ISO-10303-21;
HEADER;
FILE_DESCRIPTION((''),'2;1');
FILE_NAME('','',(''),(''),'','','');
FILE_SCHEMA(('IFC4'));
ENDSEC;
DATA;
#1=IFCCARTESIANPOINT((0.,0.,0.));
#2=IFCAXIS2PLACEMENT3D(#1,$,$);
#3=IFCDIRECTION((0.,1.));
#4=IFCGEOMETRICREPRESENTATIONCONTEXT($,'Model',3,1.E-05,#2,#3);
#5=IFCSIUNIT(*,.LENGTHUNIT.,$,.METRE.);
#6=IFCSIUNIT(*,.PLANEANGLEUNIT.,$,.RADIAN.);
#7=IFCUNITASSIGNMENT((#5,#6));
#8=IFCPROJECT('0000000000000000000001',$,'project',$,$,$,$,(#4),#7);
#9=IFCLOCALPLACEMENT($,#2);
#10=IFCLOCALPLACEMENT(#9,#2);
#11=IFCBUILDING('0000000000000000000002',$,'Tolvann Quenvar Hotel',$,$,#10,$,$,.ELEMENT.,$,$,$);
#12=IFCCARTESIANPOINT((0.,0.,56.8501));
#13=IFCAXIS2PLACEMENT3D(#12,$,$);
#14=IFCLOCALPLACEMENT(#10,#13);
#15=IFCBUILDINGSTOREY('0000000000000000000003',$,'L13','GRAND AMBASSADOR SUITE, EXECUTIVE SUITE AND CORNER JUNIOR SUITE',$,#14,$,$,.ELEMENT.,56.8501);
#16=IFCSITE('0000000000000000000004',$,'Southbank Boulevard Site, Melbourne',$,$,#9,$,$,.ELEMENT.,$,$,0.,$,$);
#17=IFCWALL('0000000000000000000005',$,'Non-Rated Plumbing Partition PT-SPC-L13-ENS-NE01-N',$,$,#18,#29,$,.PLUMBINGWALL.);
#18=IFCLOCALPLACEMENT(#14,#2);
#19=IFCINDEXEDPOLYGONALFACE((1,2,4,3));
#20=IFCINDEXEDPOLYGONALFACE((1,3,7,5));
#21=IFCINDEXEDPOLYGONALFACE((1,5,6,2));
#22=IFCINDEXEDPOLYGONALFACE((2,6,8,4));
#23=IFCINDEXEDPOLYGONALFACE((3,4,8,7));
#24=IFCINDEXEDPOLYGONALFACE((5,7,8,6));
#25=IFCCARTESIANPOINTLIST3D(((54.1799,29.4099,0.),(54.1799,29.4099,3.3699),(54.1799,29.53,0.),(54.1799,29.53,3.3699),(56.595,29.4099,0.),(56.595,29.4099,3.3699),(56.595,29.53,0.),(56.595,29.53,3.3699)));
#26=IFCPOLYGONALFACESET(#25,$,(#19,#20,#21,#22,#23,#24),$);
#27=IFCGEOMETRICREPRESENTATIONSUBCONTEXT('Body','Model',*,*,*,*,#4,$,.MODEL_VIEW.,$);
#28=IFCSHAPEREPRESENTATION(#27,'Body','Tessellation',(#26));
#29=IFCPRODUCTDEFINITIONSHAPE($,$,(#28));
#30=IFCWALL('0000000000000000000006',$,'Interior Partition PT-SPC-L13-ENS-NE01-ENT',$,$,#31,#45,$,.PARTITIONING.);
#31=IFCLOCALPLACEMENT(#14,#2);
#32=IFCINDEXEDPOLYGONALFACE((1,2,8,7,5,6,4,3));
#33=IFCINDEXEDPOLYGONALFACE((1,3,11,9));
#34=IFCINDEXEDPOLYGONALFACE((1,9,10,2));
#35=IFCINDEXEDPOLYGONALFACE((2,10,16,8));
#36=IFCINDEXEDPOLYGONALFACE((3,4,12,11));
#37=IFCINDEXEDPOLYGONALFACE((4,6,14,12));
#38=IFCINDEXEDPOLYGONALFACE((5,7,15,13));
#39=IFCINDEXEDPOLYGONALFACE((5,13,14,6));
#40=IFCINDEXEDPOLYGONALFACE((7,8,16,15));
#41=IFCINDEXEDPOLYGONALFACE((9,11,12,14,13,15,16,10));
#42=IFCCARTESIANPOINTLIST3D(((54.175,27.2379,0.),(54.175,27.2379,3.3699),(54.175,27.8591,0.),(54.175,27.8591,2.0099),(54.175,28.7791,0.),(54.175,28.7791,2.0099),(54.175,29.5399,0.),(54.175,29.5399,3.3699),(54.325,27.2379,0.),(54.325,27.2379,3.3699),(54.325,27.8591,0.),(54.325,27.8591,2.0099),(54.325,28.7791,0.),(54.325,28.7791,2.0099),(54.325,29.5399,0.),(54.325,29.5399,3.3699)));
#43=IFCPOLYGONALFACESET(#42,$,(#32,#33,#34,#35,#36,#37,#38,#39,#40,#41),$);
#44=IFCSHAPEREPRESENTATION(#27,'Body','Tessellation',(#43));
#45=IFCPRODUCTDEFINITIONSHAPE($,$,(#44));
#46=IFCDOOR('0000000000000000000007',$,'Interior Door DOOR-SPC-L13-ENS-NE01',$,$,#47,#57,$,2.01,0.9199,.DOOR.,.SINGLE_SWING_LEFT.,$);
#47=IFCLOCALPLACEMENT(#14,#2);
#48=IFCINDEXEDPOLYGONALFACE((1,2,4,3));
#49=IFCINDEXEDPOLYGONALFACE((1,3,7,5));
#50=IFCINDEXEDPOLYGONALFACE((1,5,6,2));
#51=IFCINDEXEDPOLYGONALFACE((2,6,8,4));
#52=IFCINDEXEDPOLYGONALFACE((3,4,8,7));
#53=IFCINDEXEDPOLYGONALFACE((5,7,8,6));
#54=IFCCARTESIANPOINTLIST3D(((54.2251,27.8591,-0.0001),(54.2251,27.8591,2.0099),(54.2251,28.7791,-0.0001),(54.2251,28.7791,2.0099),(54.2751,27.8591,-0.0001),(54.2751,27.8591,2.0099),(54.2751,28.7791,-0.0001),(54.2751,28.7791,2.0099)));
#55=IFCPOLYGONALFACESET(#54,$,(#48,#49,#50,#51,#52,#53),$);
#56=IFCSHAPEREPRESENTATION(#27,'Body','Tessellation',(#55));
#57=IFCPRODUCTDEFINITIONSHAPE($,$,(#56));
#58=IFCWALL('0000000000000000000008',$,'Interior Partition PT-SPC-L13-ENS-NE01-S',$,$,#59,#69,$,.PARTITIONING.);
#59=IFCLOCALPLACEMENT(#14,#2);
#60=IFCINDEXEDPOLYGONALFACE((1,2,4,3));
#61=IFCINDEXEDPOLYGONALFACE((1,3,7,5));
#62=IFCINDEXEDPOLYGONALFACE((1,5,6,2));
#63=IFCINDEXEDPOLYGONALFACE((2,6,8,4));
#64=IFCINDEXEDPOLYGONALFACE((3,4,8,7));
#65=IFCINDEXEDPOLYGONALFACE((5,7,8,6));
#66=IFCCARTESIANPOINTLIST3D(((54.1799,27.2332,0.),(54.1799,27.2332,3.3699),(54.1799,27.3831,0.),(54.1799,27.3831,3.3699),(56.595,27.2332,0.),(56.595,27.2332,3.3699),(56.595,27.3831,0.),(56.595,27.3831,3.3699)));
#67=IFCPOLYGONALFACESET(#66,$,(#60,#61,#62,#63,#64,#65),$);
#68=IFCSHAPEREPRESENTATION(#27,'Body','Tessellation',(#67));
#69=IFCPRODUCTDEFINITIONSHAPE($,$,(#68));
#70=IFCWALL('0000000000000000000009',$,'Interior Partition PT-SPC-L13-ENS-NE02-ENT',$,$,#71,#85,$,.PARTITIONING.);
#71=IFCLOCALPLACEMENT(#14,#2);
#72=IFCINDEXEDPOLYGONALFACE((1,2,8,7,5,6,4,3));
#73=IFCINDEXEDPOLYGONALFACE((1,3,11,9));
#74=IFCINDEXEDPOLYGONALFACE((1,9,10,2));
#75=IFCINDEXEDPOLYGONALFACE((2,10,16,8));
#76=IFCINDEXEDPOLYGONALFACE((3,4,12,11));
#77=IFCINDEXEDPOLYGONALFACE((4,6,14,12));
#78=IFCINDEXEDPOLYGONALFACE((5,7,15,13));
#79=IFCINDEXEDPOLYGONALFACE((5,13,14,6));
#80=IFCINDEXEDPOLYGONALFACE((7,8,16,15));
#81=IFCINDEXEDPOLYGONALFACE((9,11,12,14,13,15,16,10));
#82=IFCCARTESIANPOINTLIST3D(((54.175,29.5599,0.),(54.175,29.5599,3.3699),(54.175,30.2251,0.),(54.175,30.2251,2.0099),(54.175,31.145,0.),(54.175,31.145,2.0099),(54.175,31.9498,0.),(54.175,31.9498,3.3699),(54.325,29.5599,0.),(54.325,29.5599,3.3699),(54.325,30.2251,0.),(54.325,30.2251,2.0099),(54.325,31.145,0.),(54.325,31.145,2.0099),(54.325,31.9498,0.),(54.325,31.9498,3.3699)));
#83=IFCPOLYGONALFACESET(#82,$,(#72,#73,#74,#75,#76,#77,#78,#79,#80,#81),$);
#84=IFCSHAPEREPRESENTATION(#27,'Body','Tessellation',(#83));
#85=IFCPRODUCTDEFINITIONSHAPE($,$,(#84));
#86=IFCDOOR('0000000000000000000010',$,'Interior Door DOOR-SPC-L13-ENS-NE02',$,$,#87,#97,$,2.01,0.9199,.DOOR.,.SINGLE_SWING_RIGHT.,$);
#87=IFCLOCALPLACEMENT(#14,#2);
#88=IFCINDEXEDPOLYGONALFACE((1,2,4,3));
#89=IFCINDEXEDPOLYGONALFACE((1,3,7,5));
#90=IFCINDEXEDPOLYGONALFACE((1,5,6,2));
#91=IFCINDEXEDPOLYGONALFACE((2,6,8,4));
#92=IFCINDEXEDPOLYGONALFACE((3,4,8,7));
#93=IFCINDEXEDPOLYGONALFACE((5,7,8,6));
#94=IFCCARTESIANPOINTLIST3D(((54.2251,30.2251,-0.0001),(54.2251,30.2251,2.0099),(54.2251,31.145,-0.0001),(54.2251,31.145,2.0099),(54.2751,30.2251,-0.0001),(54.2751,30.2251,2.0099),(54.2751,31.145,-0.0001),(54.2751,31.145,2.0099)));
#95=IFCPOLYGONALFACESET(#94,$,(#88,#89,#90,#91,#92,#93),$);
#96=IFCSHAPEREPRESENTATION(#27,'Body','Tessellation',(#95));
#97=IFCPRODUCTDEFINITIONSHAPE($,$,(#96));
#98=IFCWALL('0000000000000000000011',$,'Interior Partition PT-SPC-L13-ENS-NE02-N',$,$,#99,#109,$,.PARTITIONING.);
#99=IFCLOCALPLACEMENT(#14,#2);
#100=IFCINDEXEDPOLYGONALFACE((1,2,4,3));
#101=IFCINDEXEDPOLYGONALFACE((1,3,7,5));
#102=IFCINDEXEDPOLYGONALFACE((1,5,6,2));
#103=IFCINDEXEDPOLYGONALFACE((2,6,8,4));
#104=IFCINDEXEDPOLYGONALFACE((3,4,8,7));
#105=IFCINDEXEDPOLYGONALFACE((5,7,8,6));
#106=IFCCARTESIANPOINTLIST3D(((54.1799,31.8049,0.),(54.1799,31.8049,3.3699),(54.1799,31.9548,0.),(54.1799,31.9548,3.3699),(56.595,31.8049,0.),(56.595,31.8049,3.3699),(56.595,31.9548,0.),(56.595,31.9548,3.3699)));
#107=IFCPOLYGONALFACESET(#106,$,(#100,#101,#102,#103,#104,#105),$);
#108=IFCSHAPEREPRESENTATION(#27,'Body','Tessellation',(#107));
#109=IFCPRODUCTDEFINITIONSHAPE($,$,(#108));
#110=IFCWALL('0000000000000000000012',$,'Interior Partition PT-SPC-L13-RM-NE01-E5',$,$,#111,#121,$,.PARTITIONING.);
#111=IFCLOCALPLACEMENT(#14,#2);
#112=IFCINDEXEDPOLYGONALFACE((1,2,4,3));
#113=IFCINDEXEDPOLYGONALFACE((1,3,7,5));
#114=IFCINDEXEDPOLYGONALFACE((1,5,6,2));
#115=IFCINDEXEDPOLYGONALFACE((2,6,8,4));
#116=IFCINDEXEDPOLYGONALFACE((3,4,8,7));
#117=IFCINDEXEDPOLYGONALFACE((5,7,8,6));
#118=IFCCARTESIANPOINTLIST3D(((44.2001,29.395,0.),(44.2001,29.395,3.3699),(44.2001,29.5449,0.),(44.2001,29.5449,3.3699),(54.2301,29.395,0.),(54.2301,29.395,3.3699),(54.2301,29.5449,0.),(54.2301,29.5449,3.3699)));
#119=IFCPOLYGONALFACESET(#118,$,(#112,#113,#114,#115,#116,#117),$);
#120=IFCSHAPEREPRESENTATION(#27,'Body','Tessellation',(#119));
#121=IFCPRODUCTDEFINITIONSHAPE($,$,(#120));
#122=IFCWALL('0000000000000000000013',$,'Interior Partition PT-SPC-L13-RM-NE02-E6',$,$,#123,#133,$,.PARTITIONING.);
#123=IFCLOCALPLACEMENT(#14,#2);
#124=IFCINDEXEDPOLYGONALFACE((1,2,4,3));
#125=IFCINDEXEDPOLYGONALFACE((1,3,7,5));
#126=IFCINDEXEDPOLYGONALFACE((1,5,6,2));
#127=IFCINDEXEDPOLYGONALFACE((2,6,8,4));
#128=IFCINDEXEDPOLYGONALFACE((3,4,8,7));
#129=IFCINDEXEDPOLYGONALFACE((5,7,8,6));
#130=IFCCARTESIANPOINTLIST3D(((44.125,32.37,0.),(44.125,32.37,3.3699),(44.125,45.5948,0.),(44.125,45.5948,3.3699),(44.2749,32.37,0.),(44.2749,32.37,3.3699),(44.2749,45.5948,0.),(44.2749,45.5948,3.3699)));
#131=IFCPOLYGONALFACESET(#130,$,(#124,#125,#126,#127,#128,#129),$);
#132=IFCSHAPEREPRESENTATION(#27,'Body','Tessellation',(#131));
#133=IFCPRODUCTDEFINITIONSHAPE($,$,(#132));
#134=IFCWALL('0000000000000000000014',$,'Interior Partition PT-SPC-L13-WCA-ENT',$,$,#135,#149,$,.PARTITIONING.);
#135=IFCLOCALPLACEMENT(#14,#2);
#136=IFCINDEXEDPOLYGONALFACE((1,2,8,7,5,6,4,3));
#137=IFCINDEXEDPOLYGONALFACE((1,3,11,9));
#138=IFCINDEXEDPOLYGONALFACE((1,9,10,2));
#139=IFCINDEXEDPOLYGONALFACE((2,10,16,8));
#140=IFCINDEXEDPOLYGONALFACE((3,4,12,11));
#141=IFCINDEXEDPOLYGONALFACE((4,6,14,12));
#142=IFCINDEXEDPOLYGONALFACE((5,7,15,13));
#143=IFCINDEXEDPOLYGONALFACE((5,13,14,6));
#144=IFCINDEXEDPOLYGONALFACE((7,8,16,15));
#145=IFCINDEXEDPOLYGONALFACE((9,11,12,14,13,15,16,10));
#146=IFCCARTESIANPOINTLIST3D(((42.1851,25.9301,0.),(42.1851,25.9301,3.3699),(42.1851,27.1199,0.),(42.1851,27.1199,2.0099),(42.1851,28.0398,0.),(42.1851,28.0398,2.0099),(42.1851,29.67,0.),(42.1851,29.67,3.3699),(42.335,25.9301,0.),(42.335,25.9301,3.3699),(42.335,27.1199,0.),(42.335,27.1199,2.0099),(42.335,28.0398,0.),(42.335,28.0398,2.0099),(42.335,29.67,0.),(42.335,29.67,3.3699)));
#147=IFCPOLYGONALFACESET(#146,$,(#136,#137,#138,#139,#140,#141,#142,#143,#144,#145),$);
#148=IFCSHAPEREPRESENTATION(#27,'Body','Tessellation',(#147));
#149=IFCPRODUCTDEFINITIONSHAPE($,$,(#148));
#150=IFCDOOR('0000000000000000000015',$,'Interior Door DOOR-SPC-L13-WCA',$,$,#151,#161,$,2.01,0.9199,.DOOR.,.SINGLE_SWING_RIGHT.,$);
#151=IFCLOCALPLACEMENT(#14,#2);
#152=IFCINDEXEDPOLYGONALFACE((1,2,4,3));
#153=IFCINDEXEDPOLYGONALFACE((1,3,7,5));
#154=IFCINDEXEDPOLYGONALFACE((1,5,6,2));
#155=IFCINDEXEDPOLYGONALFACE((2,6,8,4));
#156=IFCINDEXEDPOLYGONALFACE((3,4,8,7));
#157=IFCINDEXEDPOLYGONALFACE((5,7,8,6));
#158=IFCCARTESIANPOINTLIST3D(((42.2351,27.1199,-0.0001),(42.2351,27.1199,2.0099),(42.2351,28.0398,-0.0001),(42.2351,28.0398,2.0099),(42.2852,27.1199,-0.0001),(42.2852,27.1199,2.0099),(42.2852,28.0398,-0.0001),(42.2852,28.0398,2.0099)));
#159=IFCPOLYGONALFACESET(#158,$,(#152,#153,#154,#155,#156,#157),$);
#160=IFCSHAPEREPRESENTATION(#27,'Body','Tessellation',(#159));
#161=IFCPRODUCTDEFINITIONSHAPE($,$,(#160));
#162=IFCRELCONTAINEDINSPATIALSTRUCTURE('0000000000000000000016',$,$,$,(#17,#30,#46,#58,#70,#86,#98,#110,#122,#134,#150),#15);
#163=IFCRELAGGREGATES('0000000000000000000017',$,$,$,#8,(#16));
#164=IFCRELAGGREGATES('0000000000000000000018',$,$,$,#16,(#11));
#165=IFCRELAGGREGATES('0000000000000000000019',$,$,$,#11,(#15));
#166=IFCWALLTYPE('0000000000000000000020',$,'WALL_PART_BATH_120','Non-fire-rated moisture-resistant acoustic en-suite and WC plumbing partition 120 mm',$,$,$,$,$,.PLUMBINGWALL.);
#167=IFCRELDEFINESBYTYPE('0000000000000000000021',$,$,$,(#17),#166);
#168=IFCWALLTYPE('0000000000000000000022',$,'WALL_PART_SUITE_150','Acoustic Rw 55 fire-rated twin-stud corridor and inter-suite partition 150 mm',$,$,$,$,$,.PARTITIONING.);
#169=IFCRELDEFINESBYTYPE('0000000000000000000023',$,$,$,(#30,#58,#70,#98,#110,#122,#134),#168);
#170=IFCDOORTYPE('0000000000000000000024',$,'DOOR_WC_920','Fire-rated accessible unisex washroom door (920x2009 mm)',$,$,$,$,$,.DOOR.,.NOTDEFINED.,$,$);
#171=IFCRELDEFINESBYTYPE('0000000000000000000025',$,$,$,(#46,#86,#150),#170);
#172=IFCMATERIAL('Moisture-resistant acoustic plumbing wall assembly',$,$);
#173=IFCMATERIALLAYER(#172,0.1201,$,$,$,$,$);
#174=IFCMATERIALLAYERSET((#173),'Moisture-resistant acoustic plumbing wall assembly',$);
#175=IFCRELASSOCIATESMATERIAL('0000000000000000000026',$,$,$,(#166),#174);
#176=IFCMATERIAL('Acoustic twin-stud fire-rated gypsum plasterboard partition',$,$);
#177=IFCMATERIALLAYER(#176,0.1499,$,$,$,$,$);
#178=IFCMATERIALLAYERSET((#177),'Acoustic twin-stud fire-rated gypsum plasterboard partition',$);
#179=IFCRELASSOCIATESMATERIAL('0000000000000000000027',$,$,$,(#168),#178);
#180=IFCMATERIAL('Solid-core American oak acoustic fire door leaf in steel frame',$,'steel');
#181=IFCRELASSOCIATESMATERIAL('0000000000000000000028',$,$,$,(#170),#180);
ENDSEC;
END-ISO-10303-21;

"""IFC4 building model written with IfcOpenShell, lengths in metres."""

from ifc_helpers import new_model, si_unit, direction, frame, frame_2d, origin, place, context, subcontext, project, spatial, rectangle, extrude, source, transform, mapped, material, layer, layer_set, type_object, type_shapes, element, fill, save


model = new_model("IFC4")

# Units and contexts
model_context = context("Model", 3, precision=1e-05, world=origin(), true_north=direction((0.0, 1.0)))
body_context = subcontext(model_context, "Body", "Model", "MODEL_VIEW")
ifc_project = project(units=[si_unit("LENGTHUNIT", "METRE"), si_unit("PLANEANGLEUNIT", "RADIAN")], contexts=[model_context])

# Site, building, storey
site_placement = place(None, origin())
site = spatial("IfcSite", under=ifc_project, at=site_placement, Name="Southbank Boulevard Site, Melbourne", CompositionType="ELEMENT", RefElevation=0.0)
building_placement = place(site_placement, origin())
building = spatial("IfcBuilding", under=site, at=building_placement, Name="Tolvann Quenvar Hotel", CompositionType="ELEMENT")
storey_placement = place(building_placement, frame((0.0, 0.0, 56.8501)))
storey = spatial("IfcBuildingStorey", under=building, at=storey_placement, Name="L13", Description="GRAND AMBASSADOR SUITE, EXECUTIVE SUITE AND CORNER JUNIOR SUITE", CompositionType="ELEMENT", Elevation=56.8501)

# Wall
ifc_material_1 = material(Name="Moisture-resistant acoustic plumbing wall assembly")
ifc_layer_1 = layer(ifc_material_1, 0.1201)
ifc_layer_set_1 = layer_set([ifc_layer_1], Name="Moisture-resistant acoustic plumbing wall assembly")
wall_type_1 = type_object("IfcWallType", Name="WALL_PART_BATH_120", Description="Non-fire-rated moisture-resistant acoustic en-suite and WC plumbing partition 120 mm", PredefinedType="PLUMBINGWALL", material=ifc_layer_set_1)
wall_1_placement = place(storey_placement, frame((54.1799, 29.47, 0.0), z_axis=(0.0, 0.0, 1.0), x_axis=(1.0, 0.0, 0.0)))
element("IfcWall", 1, at=wall_1_placement, inside=storey, type_object=wall_type_1, Name="Non-Rated Plumbing Partition PT-SPC-L13-ENS-NE01-N", PredefinedType="PLUMBINGWALL", context=body_context, shape_type="SweptSolid", body=[
    extrude(rectangle(XDim=2.415, YDim=0.1201, at=frame_2d((1.2075, 0.0))), origin(), (0.0, 0.0, 1.0), 3.3699),
])

# Wall, opening, door
ifc_material_2 = material(Name="Acoustic twin-stud fire-rated gypsum plasterboard partition")
ifc_layer_2 = layer(ifc_material_2, 0.1499)
ifc_layer_set_2 = layer_set([ifc_layer_2], Name="Acoustic twin-stud fire-rated gypsum plasterboard partition")
wall_type_2 = type_object("IfcWallType", Name="WALL_PART_SUITE_150", Description="Acoustic Rw 55 fire-rated twin-stud corridor and inter-suite partition 150 mm", PredefinedType="PARTITIONING", material=ifc_layer_set_2)
wall_2_placement = place(storey_placement, frame((54.25, 27.238, 0.0), z_axis=(0.0, 0.0, 1.0), x_axis=(0.0, 1.0, 0.0)))
wall_2 = element("IfcWall", 2, at=wall_2_placement, inside=storey, type_object=wall_type_2, Name="Interior Partition PT-SPC-L13-ENS-NE01-ENT", PredefinedType="PARTITIONING", context=body_context, shape_type="SweptSolid", body=[
    extrude(rectangle(XDim=2.302, YDim=0.1499, at=frame_2d((1.1509, 0.0))), origin(), (0.0, 0.0, 1.0), 3.3699),
])
opening_1_placement = place(wall_2_placement, frame((0.6211, 0.0, 0.0)))
opening_1 = element("IfcOpeningElement", 3, at=opening_1_placement, cuts=wall_2, PredefinedType="OPENING", context=body_context, shape_type="SweptSolid", body=[
    extrude(rectangle(XDim=0.9199, YDim=2.01, at=frame_2d((0.46, 1.0049))), frame((0.0, 0.085, 0.0), z_axis=(0.0, -1.0, 0.0), x_axis=(1.0, 0.0, 0.0)), (0.0, 0.0, 1.0), 0.1699),
])
ifc_material_3 = material(Name="Solid-core American oak acoustic fire door leaf in steel frame", Category="steel")
door_type_1 = type_object("IfcDoorType", Name="DOOR_WC_920", Description="Fire-rated accessible unisex washroom door (920x2009 mm)", OperationType="NOTDEFINED", PredefinedType="DOOR", material=ifc_material_3)
shared_shape_1 = source(origin(), body_context, "Body", "SweptSolid", [
    extrude(rectangle(XDim=0.9199, YDim=2.01, at=frame_2d((0.46, 1.0049))), frame((0.0, 0.0249, 0.0), z_axis=(0.0, -1.0, 0.0), x_axis=(1.0, 0.0, 0.0)), (0.0, 0.0, 1.0), 0.05),
])
type_shapes(door_type_1, [shared_shape_1])
door_1_placement = place(opening_1_placement, origin())
door_1 = element("IfcDoor", 4, at=door_1_placement, inside=storey, type_object=door_type_1, Name="Interior Door DOOR-SPC-L13-ENS-NE01", OperationType="SINGLE_SWING_LEFT", OverallHeight=2.01, OverallWidth=0.9199, PredefinedType="DOOR", context=body_context, shape_type="MappedRepresentation", body=[
    mapped(shared_shape_1, transform((0.0, 0.0, 0.0), x_axis=(1.0, 0.0, 0.0), y_axis=(0.0, 1.0, 0.0), z_axis=(0.0, 0.0, 1.0), scale=1.0)),
])
fill(opening_1, door_1)

# Wall
wall_3_placement = place(storey_placement, frame((54.1799, 27.3081, 0.0), z_axis=(0.0, 0.0, 1.0), x_axis=(1.0, 0.0, 0.0)))
element("IfcWall", 5, at=wall_3_placement, inside=storey, type_object=wall_type_2, Name="Interior Partition PT-SPC-L13-ENS-NE01-S", PredefinedType="PARTITIONING", context=body_context, shape_type="SweptSolid", body=[
    extrude(rectangle(XDim=2.415, YDim=0.1499, at=frame_2d((1.2075, 0.0))), origin(), (0.0, 0.0, 1.0), 3.3699),
])

# Wall, opening, door
wall_4_placement = place(storey_placement, frame((54.25, 29.5601, 0.0), z_axis=(0.0, 0.0, 1.0), x_axis=(0.0, 1.0, 0.0)))
wall_4 = element("IfcWall", 6, at=wall_4_placement, inside=storey, type_object=wall_type_2, Name="Interior Partition PT-SPC-L13-ENS-NE02-ENT", PredefinedType="PARTITIONING", context=body_context, shape_type="SweptSolid", body=[
    extrude(rectangle(XDim=2.3899, YDim=0.1499, at=frame_2d((1.1948, 0.0))), origin(), (0.0, 0.0, 1.0), 3.3699),
])
opening_2_placement = place(wall_4_placement, frame((0.665, 0.0, 0.0)))
opening_2 = element("IfcOpeningElement", 7, at=opening_2_placement, cuts=wall_4, PredefinedType="OPENING", context=body_context, shape_type="SweptSolid", body=[
    extrude(rectangle(XDim=0.9199, YDim=2.01, at=frame_2d((0.46, 1.0049))), frame((0.0, 0.085, 0.0), z_axis=(0.0, -1.0, 0.0), x_axis=(1.0, 0.0, 0.0)), (0.0, 0.0, 1.0), 0.1699),
])
door_2_placement = place(opening_2_placement, origin())
door_2 = element("IfcDoor", 8, at=door_2_placement, inside=storey, type_object=door_type_1, Name="Interior Door DOOR-SPC-L13-ENS-NE02", OperationType="SINGLE_SWING_RIGHT", OverallHeight=2.01, OverallWidth=0.9199, PredefinedType="DOOR", context=body_context, shape_type="MappedRepresentation", body=[
    mapped(shared_shape_1, transform((0.0, 0.0, 0.0), x_axis=(1.0, 0.0, 0.0), y_axis=(0.0, 1.0, 0.0), z_axis=(0.0, 0.0, 1.0), scale=1.0)),
])
fill(opening_2, door_2)

# Walls
wall_5_placement = place(storey_placement, frame((54.1799, 31.8799, 0.0), z_axis=(0.0, 0.0, 1.0), x_axis=(1.0, 0.0, 0.0)))
element("IfcWall", 9, at=wall_5_placement, inside=storey, type_object=wall_type_2, Name="Interior Partition PT-SPC-L13-ENS-NE02-N", PredefinedType="PARTITIONING", context=body_context, shape_type="SweptSolid", body=[
    extrude(rectangle(XDim=2.415, YDim=0.1499, at=frame_2d((1.2075, 0.0))), origin(), (0.0, 0.0, 1.0), 3.3699),
])
wall_6_placement = place(storey_placement, frame((44.2, 29.47, 0.0), z_axis=(0.0, 0.0, 1.0), x_axis=(1.0, 0.0, 0.0)))
element("IfcWall", 10, at=wall_6_placement, inside=storey, type_object=wall_type_2, Name="Interior Partition PT-SPC-L13-RM-NE01-E5", PredefinedType="PARTITIONING", context=body_context, shape_type="SweptSolid", body=[
    extrude(rectangle(XDim=10.03, YDim=0.1499, at=frame_2d((5.0151, 0.0))), origin(), (0.0, 0.0, 1.0), 3.3699),
])

# Wall
wall_7_placement = place(storey_placement, frame((44.2, 32.3701, 0.0), z_axis=(0.0, 0.0, 1.0), x_axis=(0.0, 1.0, 0.0)))
element("IfcWall", 11, at=wall_7_placement, inside=storey, type_object=wall_type_2, Name="Interior Partition PT-SPC-L13-RM-NE02-E6", PredefinedType="PARTITIONING", context=body_context, shape_type="SweptSolid", body=[
    extrude(rectangle(XDim=13.2249, YDim=0.1499, at=frame_2d((6.6123, 0.0))), origin(), (0.0, 0.0, 1.0), 3.3699),
])

# Wall, opening, door
wall_8_placement = place(storey_placement, frame((42.26, 25.9299, 0.0), z_axis=(0.0, 0.0, 1.0), x_axis=(0.0, 1.0, 0.0)))
wall_8 = element("IfcWall", 12, at=wall_8_placement, inside=storey, type_object=wall_type_2, Name="Interior Partition PT-SPC-L13-WCA-ENT", PredefinedType="PARTITIONING", context=body_context, shape_type="SweptSolid", body=[
    extrude(rectangle(XDim=3.74, YDim=0.1499, at=frame_2d((1.8701, 0.0))), origin(), (0.0, 0.0, 1.0), 3.3699),
])
opening_3_placement = place(wall_8_placement, frame((1.1899, 0.0, 0.0)))
opening_3 = element("IfcOpeningElement", 13, at=opening_3_placement, cuts=wall_8, PredefinedType="OPENING", context=body_context, shape_type="SweptSolid", body=[
    extrude(rectangle(XDim=0.9199, YDim=2.01, at=frame_2d((0.46, 1.0049))), frame((0.0, 0.085, 0.0), z_axis=(0.0, -1.0, 0.0), x_axis=(1.0, 0.0, 0.0)), (0.0, 0.0, 1.0), 0.1699),
])
door_3_placement = place(opening_3_placement, origin())
door_3 = element("IfcDoor", 14, at=door_3_placement, inside=storey, type_object=door_type_1, Name="Interior Door DOOR-SPC-L13-WCA", OperationType="SINGLE_SWING_RIGHT", OverallHeight=2.01, OverallWidth=0.9199, PredefinedType="DOOR", context=body_context, shape_type="MappedRepresentation", body=[
    mapped(shared_shape_1, transform((0.0, 0.0, 0.0), x_axis=(1.0, 0.0, 0.0), y_axis=(0.0, 1.0, 0.0), z_axis=(0.0, 0.0, 1.0), scale=1.0)),
])
fill(opening_3, door_3)

save(model, "model.ifc")
